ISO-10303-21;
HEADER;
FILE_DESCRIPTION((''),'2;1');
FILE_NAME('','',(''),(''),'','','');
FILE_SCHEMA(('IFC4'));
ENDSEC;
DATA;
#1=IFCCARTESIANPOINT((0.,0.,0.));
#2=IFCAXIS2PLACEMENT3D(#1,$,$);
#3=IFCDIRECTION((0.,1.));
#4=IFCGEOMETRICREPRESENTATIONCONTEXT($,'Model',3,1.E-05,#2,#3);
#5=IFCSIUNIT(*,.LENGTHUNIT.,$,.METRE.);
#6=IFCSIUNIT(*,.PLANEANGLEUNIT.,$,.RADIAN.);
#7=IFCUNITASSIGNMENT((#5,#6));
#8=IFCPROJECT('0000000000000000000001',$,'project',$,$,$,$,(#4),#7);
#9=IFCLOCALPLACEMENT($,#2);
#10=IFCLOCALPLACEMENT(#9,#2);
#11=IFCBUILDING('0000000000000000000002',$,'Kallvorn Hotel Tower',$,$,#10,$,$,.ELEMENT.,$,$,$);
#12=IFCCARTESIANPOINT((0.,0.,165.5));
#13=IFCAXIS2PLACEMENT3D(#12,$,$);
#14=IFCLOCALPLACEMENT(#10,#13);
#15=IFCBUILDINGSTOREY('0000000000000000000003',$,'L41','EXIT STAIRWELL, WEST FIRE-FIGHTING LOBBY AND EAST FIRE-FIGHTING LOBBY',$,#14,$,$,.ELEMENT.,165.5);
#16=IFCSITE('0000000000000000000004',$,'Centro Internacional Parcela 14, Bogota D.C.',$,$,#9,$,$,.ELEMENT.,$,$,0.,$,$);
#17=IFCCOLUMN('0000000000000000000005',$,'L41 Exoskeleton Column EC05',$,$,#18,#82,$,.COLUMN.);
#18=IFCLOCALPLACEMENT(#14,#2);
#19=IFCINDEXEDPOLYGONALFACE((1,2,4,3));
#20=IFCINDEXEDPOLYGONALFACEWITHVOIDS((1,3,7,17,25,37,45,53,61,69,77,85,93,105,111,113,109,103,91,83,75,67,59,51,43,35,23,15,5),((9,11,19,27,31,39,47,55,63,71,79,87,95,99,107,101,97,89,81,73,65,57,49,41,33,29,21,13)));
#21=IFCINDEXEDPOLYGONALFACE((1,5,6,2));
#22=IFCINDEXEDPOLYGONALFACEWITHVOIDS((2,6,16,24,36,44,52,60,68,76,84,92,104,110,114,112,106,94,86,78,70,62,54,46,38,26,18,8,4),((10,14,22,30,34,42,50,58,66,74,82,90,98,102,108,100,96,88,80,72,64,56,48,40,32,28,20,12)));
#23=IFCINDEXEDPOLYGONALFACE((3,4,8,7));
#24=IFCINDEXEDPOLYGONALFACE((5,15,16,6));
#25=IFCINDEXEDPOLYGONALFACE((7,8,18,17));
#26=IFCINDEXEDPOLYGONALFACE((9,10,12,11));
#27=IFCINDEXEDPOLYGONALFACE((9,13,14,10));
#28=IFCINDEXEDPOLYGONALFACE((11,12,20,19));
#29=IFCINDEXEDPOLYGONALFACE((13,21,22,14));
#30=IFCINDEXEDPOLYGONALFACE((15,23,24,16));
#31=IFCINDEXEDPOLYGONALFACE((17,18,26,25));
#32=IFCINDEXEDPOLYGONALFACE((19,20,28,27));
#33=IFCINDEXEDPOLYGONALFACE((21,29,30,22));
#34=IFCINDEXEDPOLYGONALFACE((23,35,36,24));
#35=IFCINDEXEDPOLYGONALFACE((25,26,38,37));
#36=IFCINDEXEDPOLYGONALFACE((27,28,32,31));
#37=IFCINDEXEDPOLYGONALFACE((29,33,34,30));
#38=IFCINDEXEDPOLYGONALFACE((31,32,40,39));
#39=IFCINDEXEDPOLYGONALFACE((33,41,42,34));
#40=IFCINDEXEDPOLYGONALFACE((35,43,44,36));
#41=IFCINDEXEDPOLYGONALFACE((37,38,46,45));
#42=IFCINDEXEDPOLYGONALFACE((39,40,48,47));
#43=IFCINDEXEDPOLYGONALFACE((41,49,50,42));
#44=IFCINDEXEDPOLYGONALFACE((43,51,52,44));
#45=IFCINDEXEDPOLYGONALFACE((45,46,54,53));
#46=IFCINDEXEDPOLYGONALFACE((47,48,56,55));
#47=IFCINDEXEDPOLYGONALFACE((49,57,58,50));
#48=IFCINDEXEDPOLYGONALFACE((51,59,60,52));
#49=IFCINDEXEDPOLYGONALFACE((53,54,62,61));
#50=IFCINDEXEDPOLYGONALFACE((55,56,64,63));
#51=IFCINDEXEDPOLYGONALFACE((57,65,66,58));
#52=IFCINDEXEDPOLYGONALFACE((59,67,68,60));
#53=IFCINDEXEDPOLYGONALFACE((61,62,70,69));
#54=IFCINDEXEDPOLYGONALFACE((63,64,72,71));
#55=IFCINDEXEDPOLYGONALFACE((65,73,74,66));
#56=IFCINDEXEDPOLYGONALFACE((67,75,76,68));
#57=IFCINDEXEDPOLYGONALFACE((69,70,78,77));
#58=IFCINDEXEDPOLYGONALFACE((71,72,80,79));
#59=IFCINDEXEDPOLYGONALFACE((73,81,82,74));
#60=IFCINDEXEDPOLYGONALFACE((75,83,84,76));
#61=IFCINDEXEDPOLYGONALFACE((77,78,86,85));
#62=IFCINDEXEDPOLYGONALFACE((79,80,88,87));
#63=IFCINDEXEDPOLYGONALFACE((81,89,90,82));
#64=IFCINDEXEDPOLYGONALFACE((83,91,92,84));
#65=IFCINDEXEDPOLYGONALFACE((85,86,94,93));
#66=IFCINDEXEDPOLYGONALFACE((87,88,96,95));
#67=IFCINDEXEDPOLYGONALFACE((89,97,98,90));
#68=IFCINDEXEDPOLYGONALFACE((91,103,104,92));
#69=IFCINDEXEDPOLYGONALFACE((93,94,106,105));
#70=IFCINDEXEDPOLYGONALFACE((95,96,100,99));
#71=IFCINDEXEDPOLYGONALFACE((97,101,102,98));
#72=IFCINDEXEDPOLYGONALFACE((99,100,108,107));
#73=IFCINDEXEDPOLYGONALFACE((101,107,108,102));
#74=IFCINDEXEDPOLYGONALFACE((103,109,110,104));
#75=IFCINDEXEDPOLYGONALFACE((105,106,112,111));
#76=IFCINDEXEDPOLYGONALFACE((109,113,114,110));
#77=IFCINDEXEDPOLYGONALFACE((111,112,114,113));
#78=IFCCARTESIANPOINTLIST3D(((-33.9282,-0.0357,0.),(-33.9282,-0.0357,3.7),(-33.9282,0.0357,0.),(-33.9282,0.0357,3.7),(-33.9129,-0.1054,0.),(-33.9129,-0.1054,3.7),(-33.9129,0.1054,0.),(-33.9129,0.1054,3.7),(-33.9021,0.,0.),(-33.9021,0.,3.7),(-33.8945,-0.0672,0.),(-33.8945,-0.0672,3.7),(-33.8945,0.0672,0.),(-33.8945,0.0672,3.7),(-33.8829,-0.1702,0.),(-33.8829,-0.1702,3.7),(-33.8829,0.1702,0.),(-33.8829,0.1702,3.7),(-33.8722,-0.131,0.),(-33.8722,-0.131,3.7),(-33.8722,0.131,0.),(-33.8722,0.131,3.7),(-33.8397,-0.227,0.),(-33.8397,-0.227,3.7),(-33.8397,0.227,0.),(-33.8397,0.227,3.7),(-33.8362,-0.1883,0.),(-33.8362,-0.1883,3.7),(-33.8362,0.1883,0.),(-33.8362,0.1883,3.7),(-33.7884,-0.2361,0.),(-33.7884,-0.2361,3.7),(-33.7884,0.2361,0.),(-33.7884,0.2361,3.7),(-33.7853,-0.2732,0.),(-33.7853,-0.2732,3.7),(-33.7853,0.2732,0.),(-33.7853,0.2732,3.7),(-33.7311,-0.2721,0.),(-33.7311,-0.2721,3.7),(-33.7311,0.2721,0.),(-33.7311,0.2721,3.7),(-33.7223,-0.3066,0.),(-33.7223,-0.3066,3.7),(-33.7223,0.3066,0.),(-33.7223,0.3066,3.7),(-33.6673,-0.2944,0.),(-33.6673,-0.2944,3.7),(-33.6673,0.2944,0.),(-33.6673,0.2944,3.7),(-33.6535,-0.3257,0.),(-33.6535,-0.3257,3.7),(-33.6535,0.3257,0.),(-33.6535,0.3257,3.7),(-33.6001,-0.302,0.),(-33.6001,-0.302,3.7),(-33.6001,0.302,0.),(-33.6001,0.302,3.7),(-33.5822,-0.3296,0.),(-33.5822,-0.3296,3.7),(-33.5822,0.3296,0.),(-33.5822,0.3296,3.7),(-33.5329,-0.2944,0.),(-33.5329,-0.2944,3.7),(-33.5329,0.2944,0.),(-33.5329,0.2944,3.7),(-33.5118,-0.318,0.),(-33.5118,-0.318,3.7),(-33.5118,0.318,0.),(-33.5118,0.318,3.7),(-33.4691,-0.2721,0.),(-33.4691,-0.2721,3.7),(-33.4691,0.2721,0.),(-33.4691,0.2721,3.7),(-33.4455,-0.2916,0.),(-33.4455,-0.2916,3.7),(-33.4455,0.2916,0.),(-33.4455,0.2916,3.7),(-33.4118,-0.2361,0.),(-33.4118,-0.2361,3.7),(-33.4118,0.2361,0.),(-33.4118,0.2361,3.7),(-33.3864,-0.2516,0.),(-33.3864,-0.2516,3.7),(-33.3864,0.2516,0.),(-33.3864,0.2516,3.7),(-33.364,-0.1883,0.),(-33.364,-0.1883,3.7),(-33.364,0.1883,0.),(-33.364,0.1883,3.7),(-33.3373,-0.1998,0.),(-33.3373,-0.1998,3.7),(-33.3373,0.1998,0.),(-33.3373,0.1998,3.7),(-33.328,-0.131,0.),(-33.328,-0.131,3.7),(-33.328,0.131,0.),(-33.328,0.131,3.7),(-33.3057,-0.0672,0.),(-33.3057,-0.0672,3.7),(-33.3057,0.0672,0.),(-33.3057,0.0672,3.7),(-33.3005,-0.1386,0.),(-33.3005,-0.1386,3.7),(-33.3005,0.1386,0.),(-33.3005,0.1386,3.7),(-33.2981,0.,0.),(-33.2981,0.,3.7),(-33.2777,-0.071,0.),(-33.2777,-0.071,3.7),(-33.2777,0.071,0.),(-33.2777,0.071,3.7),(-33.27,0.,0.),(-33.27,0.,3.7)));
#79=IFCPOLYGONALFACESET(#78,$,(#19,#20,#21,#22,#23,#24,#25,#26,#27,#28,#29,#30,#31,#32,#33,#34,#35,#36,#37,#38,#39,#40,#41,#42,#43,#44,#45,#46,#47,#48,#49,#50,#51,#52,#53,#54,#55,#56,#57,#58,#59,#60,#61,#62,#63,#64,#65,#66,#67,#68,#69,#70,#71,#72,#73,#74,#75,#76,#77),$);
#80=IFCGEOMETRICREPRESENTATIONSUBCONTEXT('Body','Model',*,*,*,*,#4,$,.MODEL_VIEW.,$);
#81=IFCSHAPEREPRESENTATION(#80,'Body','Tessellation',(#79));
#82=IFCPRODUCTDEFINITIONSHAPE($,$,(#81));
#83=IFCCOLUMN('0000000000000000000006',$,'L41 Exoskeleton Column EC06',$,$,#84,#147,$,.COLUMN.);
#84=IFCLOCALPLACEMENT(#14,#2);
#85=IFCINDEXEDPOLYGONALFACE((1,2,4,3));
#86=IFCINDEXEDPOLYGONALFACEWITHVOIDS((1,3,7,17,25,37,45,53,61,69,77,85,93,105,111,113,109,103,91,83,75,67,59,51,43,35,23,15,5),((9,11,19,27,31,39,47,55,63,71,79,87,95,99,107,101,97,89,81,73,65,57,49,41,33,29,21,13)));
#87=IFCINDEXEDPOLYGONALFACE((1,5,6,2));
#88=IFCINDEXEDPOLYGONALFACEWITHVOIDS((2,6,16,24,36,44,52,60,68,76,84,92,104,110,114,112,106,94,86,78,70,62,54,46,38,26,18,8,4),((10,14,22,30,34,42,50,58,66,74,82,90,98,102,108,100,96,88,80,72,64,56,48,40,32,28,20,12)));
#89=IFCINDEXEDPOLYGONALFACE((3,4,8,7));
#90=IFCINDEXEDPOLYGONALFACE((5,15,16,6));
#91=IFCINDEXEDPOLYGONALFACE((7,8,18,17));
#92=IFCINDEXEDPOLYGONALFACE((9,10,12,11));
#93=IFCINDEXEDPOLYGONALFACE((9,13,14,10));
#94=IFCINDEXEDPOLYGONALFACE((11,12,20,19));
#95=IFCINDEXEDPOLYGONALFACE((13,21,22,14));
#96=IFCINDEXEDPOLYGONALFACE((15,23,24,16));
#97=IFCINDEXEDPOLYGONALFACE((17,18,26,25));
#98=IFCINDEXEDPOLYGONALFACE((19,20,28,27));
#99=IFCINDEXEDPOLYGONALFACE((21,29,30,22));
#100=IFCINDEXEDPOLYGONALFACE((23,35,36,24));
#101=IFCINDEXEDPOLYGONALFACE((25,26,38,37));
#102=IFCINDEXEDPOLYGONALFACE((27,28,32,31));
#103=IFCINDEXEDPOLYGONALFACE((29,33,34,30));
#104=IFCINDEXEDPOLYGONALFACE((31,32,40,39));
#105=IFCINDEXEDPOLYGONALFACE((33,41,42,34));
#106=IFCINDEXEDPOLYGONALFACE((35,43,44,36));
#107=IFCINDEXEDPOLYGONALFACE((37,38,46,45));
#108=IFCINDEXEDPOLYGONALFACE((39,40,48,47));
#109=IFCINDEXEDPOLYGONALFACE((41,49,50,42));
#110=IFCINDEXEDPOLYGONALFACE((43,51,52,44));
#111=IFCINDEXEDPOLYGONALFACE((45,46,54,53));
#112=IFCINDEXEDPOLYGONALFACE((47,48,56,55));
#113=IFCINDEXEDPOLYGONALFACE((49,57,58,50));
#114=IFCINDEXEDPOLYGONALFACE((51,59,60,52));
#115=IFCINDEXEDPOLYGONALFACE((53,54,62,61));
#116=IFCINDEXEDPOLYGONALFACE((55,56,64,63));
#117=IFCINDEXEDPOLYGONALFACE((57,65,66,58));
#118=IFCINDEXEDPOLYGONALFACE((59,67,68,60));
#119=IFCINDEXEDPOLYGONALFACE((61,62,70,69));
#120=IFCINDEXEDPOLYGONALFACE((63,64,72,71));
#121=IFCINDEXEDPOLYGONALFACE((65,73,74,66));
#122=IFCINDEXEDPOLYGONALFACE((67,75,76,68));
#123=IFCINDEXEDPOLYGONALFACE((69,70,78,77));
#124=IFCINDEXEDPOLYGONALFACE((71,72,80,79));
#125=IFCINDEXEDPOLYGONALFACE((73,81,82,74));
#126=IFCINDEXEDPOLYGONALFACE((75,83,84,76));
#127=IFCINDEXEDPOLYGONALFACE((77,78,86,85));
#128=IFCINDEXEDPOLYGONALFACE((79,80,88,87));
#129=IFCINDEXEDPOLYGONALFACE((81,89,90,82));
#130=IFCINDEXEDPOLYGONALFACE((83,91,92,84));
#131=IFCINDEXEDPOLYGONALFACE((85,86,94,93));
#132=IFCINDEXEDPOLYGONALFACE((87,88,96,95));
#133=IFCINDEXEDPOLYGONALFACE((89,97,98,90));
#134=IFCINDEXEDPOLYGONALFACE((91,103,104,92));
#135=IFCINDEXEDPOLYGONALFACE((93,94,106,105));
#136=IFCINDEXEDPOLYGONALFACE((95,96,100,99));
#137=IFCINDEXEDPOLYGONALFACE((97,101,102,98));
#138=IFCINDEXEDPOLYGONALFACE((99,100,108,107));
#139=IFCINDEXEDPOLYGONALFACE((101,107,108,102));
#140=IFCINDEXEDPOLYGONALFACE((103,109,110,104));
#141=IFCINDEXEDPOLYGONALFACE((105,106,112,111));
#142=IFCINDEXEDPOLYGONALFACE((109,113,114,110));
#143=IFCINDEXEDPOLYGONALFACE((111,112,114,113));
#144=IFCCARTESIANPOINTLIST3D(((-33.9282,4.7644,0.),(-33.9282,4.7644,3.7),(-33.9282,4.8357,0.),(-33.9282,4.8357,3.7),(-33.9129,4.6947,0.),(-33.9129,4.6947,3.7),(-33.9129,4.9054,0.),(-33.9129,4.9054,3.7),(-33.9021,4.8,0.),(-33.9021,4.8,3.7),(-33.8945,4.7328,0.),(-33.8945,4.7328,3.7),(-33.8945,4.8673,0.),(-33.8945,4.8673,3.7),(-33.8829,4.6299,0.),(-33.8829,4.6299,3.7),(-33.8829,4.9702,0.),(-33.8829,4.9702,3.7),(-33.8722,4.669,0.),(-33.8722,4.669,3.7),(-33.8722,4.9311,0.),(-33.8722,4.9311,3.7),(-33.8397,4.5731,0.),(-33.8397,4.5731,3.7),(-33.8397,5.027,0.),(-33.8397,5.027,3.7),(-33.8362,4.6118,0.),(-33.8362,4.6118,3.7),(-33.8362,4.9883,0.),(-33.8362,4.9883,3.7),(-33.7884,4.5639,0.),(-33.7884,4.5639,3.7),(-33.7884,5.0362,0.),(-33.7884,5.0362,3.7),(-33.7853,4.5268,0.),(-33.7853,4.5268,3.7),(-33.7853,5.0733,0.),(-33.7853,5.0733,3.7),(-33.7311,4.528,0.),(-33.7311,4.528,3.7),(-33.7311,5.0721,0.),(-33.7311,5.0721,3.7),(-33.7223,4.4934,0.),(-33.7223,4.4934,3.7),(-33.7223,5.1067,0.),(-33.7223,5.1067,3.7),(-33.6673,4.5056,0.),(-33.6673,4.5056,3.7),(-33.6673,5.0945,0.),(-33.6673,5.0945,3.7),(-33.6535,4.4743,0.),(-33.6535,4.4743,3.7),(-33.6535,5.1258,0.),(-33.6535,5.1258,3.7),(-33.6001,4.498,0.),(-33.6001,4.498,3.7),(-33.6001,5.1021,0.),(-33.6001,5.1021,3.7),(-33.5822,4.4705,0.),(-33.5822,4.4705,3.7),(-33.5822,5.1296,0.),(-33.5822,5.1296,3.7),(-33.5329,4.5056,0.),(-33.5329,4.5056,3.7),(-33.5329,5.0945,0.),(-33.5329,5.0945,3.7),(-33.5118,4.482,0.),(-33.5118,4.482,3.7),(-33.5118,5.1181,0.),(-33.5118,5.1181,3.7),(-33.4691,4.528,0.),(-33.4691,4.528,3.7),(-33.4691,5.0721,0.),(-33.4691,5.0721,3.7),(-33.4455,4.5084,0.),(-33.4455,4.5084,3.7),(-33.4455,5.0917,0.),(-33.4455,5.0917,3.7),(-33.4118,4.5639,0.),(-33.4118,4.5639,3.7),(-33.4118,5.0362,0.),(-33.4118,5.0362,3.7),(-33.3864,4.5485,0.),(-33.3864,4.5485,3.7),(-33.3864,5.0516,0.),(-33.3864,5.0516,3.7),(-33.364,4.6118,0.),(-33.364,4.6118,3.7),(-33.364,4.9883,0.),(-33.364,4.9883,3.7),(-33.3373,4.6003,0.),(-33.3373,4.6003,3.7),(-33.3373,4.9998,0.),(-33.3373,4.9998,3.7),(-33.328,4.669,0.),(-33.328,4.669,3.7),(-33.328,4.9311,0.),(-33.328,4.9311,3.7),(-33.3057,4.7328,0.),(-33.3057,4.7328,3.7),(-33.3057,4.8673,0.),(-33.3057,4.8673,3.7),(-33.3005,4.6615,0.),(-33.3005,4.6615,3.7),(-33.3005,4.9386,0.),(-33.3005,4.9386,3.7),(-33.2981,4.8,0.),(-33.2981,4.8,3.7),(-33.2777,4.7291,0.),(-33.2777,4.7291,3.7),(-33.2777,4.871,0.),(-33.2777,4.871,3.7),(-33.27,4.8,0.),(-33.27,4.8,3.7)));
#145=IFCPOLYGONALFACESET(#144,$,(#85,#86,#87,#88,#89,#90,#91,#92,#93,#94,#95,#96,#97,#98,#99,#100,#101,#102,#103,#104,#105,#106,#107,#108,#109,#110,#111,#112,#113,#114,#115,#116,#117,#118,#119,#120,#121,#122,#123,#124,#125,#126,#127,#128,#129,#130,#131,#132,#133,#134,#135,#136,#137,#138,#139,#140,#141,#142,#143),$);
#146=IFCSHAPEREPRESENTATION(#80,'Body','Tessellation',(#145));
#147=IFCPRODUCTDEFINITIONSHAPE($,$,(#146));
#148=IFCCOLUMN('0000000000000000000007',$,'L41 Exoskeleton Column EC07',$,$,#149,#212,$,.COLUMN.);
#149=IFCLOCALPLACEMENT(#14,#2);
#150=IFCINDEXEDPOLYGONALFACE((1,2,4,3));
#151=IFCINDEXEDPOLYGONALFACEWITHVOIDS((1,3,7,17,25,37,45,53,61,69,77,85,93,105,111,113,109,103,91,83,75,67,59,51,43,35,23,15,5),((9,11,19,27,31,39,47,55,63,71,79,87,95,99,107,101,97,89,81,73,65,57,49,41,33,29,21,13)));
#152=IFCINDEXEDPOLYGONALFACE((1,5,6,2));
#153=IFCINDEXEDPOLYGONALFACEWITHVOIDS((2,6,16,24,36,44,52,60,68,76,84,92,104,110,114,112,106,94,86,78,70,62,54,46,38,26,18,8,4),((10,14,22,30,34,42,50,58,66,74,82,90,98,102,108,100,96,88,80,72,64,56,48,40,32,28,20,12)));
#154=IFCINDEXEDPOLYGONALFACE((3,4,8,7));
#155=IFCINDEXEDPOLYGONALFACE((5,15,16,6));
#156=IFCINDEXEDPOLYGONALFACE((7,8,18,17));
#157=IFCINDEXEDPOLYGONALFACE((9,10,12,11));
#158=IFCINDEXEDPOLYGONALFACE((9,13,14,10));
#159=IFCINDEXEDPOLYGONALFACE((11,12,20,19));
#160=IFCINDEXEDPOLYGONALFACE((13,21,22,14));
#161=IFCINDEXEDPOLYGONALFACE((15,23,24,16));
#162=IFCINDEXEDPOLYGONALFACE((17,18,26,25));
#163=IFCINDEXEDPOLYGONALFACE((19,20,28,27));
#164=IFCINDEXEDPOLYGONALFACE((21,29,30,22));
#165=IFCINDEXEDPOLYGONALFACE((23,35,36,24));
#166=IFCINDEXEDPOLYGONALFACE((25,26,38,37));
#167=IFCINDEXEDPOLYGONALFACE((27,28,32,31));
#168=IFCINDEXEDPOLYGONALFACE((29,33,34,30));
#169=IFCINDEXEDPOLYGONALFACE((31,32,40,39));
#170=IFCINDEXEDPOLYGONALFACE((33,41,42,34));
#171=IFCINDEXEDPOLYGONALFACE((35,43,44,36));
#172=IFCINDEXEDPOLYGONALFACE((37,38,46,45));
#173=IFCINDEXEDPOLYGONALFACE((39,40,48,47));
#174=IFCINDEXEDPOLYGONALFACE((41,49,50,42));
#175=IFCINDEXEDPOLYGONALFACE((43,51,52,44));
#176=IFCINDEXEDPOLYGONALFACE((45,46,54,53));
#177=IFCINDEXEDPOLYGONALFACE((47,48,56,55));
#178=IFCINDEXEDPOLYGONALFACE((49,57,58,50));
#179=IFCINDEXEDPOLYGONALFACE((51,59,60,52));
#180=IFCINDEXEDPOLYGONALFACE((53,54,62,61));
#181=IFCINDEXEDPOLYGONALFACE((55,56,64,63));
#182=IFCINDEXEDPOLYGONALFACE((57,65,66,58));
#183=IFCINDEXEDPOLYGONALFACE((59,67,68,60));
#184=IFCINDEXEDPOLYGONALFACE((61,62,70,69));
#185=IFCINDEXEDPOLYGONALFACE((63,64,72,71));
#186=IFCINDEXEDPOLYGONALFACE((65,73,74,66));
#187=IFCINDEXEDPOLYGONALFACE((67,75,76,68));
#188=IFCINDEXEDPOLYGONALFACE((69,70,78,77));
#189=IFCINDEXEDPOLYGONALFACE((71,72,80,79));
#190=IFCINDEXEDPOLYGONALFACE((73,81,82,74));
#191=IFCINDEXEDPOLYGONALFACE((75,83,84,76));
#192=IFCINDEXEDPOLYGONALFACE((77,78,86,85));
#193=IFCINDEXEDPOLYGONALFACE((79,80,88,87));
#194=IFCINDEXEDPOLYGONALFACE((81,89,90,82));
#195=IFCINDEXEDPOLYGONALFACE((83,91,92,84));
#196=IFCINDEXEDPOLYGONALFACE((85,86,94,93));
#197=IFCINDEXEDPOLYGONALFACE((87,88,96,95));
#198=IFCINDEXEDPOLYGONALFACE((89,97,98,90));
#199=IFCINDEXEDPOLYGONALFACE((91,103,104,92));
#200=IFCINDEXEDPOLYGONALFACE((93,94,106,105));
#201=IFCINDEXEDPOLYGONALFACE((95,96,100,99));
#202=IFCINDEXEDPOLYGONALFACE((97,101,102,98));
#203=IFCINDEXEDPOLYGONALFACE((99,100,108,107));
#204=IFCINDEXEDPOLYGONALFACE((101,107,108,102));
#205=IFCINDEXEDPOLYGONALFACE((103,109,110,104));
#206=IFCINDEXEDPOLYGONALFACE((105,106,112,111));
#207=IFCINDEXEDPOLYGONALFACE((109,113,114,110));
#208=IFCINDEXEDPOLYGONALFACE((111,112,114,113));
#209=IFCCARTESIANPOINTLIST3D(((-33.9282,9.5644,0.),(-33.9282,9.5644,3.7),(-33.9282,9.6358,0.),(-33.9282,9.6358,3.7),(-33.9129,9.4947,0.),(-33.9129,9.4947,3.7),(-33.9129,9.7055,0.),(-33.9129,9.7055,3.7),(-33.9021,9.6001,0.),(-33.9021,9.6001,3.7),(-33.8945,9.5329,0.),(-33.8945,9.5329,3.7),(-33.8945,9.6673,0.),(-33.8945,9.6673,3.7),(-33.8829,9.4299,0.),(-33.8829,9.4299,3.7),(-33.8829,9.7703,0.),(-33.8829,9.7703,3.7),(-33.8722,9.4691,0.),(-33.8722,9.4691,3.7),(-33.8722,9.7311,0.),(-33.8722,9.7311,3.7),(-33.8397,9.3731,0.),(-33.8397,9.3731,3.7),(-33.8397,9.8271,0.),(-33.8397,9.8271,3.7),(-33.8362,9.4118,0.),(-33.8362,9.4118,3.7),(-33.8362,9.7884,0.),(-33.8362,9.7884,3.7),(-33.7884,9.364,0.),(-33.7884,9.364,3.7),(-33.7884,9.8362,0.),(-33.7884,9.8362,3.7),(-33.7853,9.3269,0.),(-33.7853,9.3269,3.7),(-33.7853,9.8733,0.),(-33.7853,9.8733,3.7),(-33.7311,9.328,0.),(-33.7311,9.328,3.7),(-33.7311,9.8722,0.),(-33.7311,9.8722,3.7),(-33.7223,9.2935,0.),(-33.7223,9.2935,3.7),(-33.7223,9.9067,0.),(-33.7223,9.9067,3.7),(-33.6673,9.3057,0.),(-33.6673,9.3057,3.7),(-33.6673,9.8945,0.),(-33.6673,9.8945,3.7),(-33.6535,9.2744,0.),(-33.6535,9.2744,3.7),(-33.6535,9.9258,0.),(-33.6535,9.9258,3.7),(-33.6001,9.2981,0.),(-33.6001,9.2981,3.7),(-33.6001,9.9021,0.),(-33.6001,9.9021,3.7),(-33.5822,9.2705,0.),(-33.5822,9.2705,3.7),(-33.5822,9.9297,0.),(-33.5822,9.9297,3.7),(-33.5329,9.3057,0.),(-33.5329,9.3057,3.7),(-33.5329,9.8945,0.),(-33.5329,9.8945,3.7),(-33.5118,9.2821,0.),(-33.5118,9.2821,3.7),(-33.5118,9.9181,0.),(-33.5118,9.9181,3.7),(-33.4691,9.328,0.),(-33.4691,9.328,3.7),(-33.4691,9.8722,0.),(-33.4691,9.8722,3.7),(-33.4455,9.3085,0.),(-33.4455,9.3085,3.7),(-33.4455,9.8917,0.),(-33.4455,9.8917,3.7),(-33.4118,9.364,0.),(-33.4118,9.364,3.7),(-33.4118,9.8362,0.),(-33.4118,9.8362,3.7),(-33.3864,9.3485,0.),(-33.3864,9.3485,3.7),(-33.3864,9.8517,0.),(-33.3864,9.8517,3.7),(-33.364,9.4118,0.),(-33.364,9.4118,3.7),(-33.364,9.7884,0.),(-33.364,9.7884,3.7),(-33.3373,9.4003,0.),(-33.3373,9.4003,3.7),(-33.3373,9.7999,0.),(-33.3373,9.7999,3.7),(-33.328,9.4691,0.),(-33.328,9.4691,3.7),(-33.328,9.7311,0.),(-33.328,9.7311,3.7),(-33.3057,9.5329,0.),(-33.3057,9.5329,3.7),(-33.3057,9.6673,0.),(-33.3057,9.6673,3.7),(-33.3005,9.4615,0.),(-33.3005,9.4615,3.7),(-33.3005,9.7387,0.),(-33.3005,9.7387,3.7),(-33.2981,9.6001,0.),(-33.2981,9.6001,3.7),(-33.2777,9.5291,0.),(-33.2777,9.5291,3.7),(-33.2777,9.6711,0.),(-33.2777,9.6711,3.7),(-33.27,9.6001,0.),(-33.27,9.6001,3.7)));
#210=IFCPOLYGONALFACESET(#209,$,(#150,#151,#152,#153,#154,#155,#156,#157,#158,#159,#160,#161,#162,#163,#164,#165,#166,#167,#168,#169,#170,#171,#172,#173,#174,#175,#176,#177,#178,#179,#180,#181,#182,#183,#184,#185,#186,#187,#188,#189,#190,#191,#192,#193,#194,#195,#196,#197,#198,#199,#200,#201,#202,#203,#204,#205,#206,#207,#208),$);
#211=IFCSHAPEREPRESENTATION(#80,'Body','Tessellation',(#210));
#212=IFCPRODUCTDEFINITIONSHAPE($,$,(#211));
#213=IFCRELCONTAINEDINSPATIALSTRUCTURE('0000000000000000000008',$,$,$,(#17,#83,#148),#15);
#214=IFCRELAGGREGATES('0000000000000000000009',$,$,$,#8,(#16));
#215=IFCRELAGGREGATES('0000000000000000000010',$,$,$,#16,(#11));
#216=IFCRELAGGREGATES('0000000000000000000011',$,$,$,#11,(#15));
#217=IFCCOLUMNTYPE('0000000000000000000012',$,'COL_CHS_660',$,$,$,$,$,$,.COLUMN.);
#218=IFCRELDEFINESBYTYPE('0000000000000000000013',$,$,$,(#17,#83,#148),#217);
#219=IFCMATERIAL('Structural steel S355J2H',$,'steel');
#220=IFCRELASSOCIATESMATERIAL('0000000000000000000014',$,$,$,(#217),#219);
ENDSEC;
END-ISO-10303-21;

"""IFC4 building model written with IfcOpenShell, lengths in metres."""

from ifc_helpers import new_model, si_unit, direction, frame, origin, origin_2d, place, context, subcontext, project, spatial, hollow_circle, extrude, material, material_profile, profile_set, type_object, element, save


model = new_model("IFC4")

# Units and contexts
model_context = context("Model", 3, precision=1e-05, world=origin(), true_north=direction((0.0, 1.0)))
body_context = subcontext(model_context, "Body", "Model", "MODEL_VIEW")
ifc_project = project(units=[si_unit("LENGTHUNIT", "METRE"), si_unit("PLANEANGLEUNIT", "RADIAN")], contexts=[model_context])

# Site, building, storey
site_placement = place(None, origin())
site = spatial("IfcSite", under=ifc_project, at=site_placement, Name="Centro Internacional Parcela 14, Bogota D.C.", CompositionType="ELEMENT", RefElevation=0.0)
building_placement = place(site_placement, origin())
building = spatial("IfcBuilding", under=site, at=building_placement, Name="Kallvorn Hotel Tower", CompositionType="ELEMENT")
storey_placement = place(building_placement, frame((0.0, 0.0, 165.5)))
storey = spatial("IfcBuildingStorey", under=building, at=storey_placement, Name="L41", Description="EXIT STAIRWELL, WEST FIRE-FIGHTING LOBBY AND EAST FIRE-FIGHTING LOBBY", CompositionType="ELEMENT", Elevation=165.5)

# Columns
ifc_material_1 = material(Name="Structural steel S355J2H", Category="steel")
ifc_material_profile_1 = material_profile(ifc_material_1, hollow_circle(Radius=0.3301, WallThickness=0.0281, at=origin_2d()), Name="CHS 660x28")
ifc_profile_set_1 = profile_set([ifc_material_profile_1], Name="Structural steel S355J2H")
column_type_1 = type_object("IfcColumnType", Name="COL_CHS_660", PredefinedType="COLUMN", material=ifc_profile_set_1)
for number, where, z_axis, x_axis, name in (
    (1, (-33.6001, 0.0, 0.0), (0.0, 0.0, 1.0), (1.0, 0.0, 0.0), "L41 Exoskeleton Column EC05"),
    (2, (-33.6001, 4.8, 0.0), (0.0, 0.0, 1.0), (1.0, 0.0, 0.0), "L41 Exoskeleton Column EC06"),
    (3, (-33.6001, 9.6001, 0.0), (0.0, 0.0, 1.0), (1.0, 0.0, 0.0), "L41 Exoskeleton Column EC07"),
):
    element("IfcColumn", number, at=place(storey_placement, frame(where, z_axis=z_axis, x_axis=x_axis)), inside=storey, type_object=column_type_1, Name=name, PredefinedType="COLUMN", context=body_context, shape_type="SweptSolid", body=[
        extrude(hollow_circle(Radius=0.3301, WallThickness=0.0281, at=origin_2d()), origin(), (0.0, 0.0, 1.0), 3.7),
    ])

save(model, "model.ifc")
